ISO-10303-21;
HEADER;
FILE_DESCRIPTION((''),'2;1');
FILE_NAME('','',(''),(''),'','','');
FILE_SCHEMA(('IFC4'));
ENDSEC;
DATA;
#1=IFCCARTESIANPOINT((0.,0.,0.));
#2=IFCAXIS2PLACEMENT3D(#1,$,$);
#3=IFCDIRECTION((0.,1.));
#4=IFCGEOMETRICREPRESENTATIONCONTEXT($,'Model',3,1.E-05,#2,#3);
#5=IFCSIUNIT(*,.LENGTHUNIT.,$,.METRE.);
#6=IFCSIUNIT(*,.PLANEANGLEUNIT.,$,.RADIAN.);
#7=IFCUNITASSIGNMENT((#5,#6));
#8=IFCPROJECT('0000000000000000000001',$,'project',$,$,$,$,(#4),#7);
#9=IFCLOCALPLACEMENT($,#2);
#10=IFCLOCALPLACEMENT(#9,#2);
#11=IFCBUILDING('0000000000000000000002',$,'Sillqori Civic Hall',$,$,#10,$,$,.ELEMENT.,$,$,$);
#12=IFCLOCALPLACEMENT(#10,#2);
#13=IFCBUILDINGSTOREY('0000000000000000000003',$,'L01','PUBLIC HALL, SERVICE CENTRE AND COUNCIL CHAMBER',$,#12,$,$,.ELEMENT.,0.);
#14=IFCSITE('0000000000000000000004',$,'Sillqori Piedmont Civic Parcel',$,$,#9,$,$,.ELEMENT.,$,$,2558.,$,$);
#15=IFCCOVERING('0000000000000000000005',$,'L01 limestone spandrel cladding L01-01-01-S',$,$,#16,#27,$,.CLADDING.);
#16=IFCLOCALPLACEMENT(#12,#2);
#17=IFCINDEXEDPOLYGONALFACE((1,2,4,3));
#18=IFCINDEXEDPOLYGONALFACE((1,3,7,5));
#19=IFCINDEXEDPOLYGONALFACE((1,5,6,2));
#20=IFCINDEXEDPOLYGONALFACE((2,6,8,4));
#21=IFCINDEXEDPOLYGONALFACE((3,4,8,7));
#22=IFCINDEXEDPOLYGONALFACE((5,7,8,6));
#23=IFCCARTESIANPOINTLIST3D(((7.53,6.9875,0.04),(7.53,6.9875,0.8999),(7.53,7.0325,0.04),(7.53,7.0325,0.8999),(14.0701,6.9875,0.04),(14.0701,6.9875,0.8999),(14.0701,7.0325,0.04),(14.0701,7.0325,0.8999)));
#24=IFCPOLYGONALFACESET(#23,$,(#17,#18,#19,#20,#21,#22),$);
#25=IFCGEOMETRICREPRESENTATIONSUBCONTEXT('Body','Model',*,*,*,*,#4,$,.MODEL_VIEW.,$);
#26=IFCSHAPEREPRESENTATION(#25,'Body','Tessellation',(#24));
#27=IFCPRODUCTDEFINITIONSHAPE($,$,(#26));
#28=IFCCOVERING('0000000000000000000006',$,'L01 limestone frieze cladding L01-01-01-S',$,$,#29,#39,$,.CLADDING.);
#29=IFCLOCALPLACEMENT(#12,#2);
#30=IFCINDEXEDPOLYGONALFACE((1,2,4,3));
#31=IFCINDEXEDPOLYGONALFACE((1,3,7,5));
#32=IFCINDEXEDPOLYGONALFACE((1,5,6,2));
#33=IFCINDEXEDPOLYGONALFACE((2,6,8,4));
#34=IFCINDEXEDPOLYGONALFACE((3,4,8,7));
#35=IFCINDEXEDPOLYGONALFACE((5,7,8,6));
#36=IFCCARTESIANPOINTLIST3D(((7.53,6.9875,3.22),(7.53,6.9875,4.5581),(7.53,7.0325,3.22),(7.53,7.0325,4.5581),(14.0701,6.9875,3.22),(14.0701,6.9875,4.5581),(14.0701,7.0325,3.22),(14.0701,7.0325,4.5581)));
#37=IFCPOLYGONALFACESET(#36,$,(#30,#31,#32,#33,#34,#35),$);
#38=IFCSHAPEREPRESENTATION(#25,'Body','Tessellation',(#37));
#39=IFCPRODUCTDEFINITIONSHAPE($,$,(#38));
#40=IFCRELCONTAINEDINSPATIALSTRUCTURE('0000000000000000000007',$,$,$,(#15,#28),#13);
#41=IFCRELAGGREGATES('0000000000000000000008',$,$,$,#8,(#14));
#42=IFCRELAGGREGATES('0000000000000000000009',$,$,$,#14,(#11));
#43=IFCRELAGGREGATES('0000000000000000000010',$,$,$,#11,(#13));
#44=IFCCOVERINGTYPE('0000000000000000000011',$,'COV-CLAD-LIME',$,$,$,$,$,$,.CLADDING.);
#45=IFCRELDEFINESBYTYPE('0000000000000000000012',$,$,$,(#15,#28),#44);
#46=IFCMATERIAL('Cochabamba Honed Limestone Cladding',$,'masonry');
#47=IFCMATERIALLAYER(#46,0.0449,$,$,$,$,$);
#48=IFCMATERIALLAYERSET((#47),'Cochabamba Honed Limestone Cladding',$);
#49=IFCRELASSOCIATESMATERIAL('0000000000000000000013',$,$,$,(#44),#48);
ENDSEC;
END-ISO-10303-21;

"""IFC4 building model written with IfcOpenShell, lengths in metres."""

from ifc_helpers import new_model, si_unit, direction, frame, frame_2d, origin, place, context, subcontext, project, spatial, rectangle, extrude, material, layer, layer_set, type_object, element, save


model = new_model("IFC4")

# Units and contexts
model_context = context("Model", 3, precision=1e-05, world=origin(), true_north=direction((0.0, 1.0)))
body_context = subcontext(model_context, "Body", "Model", "MODEL_VIEW")
ifc_project = project(units=[si_unit("LENGTHUNIT", "METRE"), si_unit("PLANEANGLEUNIT", "RADIAN")], contexts=[model_context])

# Site, building, storey
site_placement = place(None, origin())
site = spatial("IfcSite", under=ifc_project, at=site_placement, Name="Sillqori Piedmont Civic Parcel", CompositionType="ELEMENT", RefElevation=2558.0)
building_placement = place(site_placement, origin())
building = spatial("IfcBuilding", under=site, at=building_placement, Name="Sillqori Civic Hall", CompositionType="ELEMENT")
storey_placement = place(building_placement, origin())
storey = spatial("IfcBuildingStorey", under=building, at=storey_placement, Name="L01", Description="PUBLIC HALL, SERVICE CENTRE AND COUNCIL CHAMBER", CompositionType="ELEMENT", Elevation=0.0)

# Coverings
ifc_material_1 = material(Name="Cochabamba Honed Limestone Cladding", Category="masonry")
ifc_layer_1 = layer(ifc_material_1, 0.0449)
ifc_layer_set_1 = layer_set([ifc_layer_1], Name="Cochabamba Honed Limestone Cladding")
covering_type = type_object("IfcCoveringType", Name="COV-CLAD-LIME", PredefinedType="CLADDING", material=ifc_layer_set_1)
covering_1_placement = place(storey_placement, frame((14.0701, 7.01, 0.04), z_axis=(0.0, 0.0, 1.0), x_axis=(-1.0, 0.0, 0.0)))
element("IfcCovering", 1, at=covering_1_placement, inside=storey, type_object=covering_type, Name="L01 limestone spandrel cladding L01-01-01-S", PredefinedType="CLADDING", context=body_context, shape_type="SweptSolid", body=[
    extrude(rectangle(XDim=6.54, YDim=0.0449, at=frame_2d((3.27, 0.0))), origin(), (0.0, 0.0, 1.0), 0.8599),
])
covering_2_placement = place(storey_placement, frame((14.0701, 7.01, 3.22), z_axis=(0.0, 0.0, 1.0), x_axis=(-1.0, 0.0, 0.0)))
element("IfcCovering", 2, at=covering_2_placement, inside=storey, type_object=covering_type, Name="L01 limestone frieze cladding L01-01-01-S", PredefinedType="CLADDING", context=body_context, shape_type="SweptSolid", body=[
    extrude(rectangle(XDim=6.54, YDim=0.0449, at=frame_2d((3.27, 0.0))), origin(), (0.0, 0.0, 1.0), 1.3381),
])

save(model, "model.ifc")
